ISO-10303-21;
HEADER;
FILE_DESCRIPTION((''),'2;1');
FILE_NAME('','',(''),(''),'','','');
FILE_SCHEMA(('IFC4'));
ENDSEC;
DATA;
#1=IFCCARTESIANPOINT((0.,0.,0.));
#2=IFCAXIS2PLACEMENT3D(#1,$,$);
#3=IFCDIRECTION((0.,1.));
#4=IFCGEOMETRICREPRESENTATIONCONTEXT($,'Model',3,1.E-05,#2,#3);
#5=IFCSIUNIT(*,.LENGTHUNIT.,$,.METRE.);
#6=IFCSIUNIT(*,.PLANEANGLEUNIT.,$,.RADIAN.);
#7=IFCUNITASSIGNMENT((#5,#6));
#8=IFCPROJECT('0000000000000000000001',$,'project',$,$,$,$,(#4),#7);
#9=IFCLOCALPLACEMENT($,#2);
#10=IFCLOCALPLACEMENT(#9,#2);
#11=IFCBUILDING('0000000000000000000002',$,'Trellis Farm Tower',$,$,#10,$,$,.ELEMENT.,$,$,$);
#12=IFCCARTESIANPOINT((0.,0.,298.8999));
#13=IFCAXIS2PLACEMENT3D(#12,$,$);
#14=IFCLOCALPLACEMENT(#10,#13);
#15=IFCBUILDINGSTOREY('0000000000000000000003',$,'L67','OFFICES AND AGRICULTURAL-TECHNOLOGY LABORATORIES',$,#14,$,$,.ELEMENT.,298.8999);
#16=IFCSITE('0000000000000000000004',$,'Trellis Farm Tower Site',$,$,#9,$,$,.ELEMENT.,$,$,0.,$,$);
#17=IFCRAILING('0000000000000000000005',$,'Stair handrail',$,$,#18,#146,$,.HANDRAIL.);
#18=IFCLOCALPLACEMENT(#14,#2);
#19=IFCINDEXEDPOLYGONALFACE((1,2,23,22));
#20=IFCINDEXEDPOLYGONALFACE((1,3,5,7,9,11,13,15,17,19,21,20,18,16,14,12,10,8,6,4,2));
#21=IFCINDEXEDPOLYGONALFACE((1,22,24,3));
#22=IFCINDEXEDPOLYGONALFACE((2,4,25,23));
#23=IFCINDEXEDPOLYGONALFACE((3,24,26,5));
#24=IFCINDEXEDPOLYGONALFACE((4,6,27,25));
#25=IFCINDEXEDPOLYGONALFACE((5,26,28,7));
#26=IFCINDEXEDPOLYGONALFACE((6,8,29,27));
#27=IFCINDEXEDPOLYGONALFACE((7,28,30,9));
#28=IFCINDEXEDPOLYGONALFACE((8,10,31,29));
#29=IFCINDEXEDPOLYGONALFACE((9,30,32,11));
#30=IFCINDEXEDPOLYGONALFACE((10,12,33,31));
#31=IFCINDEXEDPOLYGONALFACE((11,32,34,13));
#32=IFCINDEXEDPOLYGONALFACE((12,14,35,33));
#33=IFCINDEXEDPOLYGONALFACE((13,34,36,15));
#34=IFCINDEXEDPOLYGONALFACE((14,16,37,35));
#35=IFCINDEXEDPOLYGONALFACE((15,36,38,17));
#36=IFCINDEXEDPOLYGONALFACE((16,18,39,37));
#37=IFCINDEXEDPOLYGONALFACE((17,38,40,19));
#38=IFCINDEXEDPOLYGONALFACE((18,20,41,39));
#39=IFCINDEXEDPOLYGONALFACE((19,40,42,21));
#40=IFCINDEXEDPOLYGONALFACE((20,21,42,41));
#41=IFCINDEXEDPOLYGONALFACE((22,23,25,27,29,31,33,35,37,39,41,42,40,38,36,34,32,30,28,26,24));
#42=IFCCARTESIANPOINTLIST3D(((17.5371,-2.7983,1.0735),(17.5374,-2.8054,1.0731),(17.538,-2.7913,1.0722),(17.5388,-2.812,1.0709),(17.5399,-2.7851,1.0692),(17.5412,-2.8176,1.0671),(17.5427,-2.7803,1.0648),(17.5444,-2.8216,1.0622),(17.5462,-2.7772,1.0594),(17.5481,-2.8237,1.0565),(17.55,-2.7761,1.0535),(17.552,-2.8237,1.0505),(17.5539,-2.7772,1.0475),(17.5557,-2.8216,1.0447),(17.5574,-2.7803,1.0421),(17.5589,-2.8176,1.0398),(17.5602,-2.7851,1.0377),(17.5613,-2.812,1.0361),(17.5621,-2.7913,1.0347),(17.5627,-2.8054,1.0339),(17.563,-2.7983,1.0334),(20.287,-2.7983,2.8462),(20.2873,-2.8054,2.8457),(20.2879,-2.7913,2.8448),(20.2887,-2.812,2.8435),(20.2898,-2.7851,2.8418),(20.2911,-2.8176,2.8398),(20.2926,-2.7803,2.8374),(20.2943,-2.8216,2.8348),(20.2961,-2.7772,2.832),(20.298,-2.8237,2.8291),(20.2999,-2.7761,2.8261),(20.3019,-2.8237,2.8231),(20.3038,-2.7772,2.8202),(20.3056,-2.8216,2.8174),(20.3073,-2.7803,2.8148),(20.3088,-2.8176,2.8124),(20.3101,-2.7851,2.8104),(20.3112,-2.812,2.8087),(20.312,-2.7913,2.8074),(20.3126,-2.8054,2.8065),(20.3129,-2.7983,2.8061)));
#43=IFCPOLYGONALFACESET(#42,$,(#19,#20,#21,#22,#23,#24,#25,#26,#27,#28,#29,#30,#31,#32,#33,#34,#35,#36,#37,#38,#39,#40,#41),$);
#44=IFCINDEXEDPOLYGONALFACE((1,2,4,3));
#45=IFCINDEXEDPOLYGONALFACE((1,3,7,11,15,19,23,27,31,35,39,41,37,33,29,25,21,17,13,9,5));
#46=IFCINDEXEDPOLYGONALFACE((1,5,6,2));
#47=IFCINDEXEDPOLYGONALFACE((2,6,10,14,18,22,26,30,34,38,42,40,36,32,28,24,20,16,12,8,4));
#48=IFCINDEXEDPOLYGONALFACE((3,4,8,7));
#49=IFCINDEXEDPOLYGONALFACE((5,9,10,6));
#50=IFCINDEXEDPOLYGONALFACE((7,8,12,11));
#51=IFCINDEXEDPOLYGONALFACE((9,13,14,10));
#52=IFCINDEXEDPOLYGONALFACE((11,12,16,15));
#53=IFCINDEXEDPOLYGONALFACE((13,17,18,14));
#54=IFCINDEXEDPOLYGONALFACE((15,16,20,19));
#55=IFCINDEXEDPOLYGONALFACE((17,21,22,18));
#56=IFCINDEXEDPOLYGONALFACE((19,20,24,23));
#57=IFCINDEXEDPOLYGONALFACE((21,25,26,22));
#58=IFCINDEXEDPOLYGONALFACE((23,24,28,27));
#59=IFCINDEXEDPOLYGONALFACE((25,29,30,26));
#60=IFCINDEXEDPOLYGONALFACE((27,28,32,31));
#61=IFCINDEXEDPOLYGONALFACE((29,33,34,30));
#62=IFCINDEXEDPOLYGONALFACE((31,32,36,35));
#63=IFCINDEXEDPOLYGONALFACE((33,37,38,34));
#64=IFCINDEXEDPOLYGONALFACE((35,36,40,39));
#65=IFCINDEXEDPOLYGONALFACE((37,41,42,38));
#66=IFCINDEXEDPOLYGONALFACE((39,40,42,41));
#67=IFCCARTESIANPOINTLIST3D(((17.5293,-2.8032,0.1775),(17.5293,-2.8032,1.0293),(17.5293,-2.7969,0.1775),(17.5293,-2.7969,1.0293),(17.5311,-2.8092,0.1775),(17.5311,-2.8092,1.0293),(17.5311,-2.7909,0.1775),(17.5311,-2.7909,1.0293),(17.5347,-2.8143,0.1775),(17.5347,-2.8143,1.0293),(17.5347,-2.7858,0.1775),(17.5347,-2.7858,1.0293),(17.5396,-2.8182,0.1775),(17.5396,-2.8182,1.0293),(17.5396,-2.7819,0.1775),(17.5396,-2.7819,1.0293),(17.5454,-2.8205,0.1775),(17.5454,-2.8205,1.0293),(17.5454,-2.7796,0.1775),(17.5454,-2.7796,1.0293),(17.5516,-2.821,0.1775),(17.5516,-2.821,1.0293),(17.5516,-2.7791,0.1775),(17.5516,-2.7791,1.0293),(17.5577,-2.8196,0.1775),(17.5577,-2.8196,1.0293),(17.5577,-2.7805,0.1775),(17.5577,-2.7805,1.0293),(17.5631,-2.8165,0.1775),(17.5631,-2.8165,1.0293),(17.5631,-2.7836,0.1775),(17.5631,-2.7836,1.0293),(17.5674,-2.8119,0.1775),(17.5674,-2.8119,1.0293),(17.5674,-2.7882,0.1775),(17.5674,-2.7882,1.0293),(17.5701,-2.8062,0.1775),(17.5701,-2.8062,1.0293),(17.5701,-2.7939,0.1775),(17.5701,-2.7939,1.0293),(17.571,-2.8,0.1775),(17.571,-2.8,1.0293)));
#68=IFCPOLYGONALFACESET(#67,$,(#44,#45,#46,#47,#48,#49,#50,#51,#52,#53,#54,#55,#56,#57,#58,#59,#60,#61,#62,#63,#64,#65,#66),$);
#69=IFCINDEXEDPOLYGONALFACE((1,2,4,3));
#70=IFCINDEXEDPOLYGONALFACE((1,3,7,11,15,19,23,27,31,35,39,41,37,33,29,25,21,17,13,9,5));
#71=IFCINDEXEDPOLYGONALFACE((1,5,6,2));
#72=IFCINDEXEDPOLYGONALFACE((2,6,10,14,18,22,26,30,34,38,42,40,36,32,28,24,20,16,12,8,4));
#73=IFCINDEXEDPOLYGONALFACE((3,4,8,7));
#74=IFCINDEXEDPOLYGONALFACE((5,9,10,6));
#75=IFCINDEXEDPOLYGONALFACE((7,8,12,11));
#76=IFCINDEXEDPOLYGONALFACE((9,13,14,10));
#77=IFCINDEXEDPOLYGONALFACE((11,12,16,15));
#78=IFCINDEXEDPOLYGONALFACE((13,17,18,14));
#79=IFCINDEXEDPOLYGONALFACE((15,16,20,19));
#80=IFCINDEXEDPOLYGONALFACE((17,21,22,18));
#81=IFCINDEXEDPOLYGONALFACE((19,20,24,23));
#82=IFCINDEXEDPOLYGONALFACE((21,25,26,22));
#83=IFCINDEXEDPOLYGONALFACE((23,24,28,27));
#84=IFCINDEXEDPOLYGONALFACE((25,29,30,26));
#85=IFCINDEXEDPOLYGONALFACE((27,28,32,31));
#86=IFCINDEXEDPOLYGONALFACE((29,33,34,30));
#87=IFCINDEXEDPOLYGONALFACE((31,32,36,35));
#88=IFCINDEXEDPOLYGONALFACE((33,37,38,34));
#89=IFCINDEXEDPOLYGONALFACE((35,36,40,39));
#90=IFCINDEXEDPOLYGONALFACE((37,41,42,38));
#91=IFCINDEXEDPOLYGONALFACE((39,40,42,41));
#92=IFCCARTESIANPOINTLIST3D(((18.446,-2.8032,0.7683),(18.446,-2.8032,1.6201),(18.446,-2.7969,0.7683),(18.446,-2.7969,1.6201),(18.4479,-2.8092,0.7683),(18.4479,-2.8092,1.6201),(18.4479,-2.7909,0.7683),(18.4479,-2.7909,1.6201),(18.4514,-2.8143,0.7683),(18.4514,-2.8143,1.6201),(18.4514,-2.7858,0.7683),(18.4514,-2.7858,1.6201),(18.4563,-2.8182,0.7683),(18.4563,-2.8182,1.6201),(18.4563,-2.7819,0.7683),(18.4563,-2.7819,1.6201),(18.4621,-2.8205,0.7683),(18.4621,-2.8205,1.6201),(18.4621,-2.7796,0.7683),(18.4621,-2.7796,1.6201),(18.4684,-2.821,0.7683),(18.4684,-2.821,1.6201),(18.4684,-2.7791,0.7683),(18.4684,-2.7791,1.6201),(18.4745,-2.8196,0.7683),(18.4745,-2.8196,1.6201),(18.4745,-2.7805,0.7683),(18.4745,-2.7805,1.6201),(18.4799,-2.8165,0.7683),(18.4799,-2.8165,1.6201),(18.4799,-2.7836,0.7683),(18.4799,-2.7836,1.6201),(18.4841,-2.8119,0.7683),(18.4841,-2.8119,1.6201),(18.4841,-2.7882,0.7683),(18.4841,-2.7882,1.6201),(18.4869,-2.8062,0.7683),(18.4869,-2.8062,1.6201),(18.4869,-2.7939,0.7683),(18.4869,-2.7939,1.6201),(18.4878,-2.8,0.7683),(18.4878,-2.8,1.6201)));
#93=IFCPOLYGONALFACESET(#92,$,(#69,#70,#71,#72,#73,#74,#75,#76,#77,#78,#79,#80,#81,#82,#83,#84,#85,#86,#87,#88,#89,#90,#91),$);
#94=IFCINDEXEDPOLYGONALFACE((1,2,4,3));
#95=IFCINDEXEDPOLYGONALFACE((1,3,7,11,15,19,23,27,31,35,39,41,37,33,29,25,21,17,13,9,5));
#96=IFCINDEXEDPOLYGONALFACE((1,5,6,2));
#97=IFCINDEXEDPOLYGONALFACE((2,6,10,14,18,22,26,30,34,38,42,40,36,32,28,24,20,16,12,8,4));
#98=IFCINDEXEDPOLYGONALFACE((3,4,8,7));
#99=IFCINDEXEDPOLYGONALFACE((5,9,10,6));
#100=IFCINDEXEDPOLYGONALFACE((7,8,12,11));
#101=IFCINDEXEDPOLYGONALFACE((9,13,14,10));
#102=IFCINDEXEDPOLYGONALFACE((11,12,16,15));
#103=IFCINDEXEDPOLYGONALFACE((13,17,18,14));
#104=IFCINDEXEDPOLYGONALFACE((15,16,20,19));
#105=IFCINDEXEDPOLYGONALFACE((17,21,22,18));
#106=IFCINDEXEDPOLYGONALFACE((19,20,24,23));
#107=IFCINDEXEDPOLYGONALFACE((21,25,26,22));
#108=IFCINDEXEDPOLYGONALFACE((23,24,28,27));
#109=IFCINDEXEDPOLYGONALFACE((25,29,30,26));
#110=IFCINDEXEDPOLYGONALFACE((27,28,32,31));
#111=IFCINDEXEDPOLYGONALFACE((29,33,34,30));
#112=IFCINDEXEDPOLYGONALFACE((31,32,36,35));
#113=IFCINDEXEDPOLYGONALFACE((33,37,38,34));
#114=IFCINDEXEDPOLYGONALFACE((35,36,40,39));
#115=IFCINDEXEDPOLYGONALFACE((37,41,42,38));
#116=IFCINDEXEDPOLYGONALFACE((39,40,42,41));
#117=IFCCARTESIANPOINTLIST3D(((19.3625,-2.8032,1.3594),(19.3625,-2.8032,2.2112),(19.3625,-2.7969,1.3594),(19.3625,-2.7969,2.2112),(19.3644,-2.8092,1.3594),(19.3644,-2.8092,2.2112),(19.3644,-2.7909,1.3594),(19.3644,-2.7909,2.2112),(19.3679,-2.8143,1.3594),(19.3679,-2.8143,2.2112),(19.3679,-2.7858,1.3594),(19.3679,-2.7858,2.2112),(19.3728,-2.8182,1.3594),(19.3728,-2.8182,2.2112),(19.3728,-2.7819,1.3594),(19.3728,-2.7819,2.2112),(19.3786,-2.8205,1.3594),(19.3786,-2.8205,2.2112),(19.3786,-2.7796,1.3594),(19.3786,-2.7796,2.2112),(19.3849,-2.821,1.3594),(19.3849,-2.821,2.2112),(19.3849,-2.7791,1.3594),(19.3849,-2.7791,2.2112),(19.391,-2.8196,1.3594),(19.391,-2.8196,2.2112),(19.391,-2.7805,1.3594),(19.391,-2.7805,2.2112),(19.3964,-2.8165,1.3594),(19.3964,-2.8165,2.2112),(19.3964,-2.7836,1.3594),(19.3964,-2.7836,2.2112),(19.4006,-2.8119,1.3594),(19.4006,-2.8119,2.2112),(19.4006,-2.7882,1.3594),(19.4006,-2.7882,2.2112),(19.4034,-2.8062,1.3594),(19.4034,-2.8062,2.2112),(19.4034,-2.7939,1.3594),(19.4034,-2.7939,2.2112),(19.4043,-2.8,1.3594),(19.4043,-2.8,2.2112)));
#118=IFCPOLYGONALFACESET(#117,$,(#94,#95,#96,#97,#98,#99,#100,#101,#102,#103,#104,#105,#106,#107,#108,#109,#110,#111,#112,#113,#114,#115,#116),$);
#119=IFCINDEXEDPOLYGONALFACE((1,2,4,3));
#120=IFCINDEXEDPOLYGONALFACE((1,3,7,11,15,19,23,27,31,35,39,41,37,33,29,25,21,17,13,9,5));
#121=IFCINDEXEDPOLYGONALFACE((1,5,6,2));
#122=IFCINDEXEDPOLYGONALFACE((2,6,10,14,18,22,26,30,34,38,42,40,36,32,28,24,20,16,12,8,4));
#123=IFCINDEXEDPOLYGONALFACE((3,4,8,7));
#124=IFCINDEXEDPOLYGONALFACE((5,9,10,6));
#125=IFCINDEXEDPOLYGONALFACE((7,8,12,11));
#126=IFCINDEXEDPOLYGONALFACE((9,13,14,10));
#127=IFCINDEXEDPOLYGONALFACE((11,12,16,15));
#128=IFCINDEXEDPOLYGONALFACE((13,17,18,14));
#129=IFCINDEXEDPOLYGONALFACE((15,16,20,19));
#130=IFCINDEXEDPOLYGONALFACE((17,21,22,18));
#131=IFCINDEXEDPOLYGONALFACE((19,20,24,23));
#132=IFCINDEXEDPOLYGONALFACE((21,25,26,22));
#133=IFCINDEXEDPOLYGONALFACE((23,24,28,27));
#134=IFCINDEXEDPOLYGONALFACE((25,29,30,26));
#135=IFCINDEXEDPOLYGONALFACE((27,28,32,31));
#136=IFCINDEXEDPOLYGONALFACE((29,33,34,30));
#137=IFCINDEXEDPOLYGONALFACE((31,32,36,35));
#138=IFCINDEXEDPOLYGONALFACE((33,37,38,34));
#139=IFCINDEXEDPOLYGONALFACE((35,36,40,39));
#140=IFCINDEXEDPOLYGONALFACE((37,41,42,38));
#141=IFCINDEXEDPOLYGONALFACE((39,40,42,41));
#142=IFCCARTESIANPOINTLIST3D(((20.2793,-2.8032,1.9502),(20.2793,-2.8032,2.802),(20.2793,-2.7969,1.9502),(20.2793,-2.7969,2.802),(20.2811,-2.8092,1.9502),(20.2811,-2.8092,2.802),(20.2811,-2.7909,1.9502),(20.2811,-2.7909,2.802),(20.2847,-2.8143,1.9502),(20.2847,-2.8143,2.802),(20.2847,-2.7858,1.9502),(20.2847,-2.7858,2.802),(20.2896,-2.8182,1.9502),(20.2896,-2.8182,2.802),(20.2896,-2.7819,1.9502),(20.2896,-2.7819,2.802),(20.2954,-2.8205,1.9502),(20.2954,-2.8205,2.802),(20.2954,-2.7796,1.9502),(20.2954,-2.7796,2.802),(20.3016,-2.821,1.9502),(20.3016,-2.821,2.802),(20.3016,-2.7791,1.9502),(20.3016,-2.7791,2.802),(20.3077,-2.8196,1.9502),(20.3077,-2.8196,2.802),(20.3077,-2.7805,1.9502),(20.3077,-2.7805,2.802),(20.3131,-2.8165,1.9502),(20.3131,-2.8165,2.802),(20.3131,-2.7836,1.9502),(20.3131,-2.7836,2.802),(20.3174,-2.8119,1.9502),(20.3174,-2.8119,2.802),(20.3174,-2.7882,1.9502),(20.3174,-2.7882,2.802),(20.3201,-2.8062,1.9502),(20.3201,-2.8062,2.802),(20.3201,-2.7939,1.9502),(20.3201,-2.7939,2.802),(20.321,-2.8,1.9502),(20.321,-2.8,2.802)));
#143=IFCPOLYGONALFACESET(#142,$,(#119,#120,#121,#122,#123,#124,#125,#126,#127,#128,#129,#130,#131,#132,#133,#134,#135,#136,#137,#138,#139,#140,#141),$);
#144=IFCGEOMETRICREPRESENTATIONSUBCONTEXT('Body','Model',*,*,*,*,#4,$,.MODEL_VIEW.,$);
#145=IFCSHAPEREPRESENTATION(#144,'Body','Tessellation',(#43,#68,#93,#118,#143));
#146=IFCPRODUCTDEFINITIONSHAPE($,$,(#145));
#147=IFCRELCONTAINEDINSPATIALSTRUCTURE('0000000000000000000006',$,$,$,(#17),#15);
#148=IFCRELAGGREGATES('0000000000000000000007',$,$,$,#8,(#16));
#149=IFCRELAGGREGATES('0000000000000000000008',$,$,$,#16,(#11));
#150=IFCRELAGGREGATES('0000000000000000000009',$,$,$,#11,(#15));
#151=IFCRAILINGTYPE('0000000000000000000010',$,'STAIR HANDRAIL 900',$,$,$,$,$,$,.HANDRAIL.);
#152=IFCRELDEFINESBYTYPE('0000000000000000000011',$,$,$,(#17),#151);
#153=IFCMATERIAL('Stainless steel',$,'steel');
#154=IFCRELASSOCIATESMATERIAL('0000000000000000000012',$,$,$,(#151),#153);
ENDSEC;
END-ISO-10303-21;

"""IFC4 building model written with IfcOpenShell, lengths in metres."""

from ifc_helpers import new_model, si_unit, direction, frame, origin, origin_2d, place, context, subcontext, project, spatial, circle, extrude, source, transform, mapped, material, type_object, element, save


model = new_model("IFC4")

# Units and contexts
model_context = context("Model", 3, precision=1e-05, world=origin(), true_north=direction((0.0, 1.0)))
body_context = subcontext(model_context, "Body", "Model", "MODEL_VIEW")
ifc_project = project(units=[si_unit("LENGTHUNIT", "METRE"), si_unit("PLANEANGLEUNIT", "RADIAN")], contexts=[model_context])

# Site, building, storey
site_placement = place(None, origin())
site = spatial("IfcSite", under=ifc_project, at=site_placement, Name="Trellis Farm Tower Site", CompositionType="ELEMENT", RefElevation=0.0)
building_placement = place(site_placement, origin())
building = spatial("IfcBuilding", under=site, at=building_placement, Name="Trellis Farm Tower", CompositionType="ELEMENT")
storey_placement = place(building_placement, frame((0.0, 0.0, 298.8999)))
storey = spatial("IfcBuildingStorey", under=building, at=storey_placement, Name="L67", Description="OFFICES AND AGRICULTURAL-TECHNOLOGY LABORATORIES", CompositionType="ELEMENT", Elevation=298.8999)

# Railing
ifc_material_1 = material(Name="Stainless steel", Category="steel")
railing_type = type_object("IfcRailingType", Name="STAIR HANDRAIL 900", PredefinedType="HANDRAIL", material=ifc_material_1)
shared_shape_1 = source(origin(), body_context, "Body", "SweptSolid", [
    extrude(circle(Radius=0.0239, at=origin_2d()), frame((0.0, 0.0, 0.876), z_axis=(0.840504, 0.0, 0.541806), x_axis=(0.0, 1.0, 0.0)), (0.0, 0.0, 1.0), 3.2717),
    extrude(circle(Radius=0.021, at=origin_2d()), origin(), (0.0, 0.0, 1.0), 0.8518),
    extrude(circle(Radius=0.021, at=origin_2d()), frame((0.9167, 0.0, 0.5908)), (0.0, 0.0, 1.0), 0.8518),
    extrude(circle(Radius=0.021, at=origin_2d()), frame((1.8333, 0.0, 1.1819)), (0.0, 0.0, 1.0), 0.8518),
    extrude(circle(Radius=0.021, at=origin_2d()), frame((2.75, 0.0, 1.7727)), (0.0, 0.0, 1.0), 0.8518),
])
railing_placement = place(storey_placement, frame((17.55, -2.8, 0.1775)))
element("IfcRailing", 1, at=railing_placement, inside=storey, type_object=railing_type, Name="Stair handrail", PredefinedType="HANDRAIL", context=body_context, shape_type="MappedRepresentation", body=[
    mapped(shared_shape_1, transform((0.0, 0.0, 0.0))),
])

save(model, "model.ifc")
